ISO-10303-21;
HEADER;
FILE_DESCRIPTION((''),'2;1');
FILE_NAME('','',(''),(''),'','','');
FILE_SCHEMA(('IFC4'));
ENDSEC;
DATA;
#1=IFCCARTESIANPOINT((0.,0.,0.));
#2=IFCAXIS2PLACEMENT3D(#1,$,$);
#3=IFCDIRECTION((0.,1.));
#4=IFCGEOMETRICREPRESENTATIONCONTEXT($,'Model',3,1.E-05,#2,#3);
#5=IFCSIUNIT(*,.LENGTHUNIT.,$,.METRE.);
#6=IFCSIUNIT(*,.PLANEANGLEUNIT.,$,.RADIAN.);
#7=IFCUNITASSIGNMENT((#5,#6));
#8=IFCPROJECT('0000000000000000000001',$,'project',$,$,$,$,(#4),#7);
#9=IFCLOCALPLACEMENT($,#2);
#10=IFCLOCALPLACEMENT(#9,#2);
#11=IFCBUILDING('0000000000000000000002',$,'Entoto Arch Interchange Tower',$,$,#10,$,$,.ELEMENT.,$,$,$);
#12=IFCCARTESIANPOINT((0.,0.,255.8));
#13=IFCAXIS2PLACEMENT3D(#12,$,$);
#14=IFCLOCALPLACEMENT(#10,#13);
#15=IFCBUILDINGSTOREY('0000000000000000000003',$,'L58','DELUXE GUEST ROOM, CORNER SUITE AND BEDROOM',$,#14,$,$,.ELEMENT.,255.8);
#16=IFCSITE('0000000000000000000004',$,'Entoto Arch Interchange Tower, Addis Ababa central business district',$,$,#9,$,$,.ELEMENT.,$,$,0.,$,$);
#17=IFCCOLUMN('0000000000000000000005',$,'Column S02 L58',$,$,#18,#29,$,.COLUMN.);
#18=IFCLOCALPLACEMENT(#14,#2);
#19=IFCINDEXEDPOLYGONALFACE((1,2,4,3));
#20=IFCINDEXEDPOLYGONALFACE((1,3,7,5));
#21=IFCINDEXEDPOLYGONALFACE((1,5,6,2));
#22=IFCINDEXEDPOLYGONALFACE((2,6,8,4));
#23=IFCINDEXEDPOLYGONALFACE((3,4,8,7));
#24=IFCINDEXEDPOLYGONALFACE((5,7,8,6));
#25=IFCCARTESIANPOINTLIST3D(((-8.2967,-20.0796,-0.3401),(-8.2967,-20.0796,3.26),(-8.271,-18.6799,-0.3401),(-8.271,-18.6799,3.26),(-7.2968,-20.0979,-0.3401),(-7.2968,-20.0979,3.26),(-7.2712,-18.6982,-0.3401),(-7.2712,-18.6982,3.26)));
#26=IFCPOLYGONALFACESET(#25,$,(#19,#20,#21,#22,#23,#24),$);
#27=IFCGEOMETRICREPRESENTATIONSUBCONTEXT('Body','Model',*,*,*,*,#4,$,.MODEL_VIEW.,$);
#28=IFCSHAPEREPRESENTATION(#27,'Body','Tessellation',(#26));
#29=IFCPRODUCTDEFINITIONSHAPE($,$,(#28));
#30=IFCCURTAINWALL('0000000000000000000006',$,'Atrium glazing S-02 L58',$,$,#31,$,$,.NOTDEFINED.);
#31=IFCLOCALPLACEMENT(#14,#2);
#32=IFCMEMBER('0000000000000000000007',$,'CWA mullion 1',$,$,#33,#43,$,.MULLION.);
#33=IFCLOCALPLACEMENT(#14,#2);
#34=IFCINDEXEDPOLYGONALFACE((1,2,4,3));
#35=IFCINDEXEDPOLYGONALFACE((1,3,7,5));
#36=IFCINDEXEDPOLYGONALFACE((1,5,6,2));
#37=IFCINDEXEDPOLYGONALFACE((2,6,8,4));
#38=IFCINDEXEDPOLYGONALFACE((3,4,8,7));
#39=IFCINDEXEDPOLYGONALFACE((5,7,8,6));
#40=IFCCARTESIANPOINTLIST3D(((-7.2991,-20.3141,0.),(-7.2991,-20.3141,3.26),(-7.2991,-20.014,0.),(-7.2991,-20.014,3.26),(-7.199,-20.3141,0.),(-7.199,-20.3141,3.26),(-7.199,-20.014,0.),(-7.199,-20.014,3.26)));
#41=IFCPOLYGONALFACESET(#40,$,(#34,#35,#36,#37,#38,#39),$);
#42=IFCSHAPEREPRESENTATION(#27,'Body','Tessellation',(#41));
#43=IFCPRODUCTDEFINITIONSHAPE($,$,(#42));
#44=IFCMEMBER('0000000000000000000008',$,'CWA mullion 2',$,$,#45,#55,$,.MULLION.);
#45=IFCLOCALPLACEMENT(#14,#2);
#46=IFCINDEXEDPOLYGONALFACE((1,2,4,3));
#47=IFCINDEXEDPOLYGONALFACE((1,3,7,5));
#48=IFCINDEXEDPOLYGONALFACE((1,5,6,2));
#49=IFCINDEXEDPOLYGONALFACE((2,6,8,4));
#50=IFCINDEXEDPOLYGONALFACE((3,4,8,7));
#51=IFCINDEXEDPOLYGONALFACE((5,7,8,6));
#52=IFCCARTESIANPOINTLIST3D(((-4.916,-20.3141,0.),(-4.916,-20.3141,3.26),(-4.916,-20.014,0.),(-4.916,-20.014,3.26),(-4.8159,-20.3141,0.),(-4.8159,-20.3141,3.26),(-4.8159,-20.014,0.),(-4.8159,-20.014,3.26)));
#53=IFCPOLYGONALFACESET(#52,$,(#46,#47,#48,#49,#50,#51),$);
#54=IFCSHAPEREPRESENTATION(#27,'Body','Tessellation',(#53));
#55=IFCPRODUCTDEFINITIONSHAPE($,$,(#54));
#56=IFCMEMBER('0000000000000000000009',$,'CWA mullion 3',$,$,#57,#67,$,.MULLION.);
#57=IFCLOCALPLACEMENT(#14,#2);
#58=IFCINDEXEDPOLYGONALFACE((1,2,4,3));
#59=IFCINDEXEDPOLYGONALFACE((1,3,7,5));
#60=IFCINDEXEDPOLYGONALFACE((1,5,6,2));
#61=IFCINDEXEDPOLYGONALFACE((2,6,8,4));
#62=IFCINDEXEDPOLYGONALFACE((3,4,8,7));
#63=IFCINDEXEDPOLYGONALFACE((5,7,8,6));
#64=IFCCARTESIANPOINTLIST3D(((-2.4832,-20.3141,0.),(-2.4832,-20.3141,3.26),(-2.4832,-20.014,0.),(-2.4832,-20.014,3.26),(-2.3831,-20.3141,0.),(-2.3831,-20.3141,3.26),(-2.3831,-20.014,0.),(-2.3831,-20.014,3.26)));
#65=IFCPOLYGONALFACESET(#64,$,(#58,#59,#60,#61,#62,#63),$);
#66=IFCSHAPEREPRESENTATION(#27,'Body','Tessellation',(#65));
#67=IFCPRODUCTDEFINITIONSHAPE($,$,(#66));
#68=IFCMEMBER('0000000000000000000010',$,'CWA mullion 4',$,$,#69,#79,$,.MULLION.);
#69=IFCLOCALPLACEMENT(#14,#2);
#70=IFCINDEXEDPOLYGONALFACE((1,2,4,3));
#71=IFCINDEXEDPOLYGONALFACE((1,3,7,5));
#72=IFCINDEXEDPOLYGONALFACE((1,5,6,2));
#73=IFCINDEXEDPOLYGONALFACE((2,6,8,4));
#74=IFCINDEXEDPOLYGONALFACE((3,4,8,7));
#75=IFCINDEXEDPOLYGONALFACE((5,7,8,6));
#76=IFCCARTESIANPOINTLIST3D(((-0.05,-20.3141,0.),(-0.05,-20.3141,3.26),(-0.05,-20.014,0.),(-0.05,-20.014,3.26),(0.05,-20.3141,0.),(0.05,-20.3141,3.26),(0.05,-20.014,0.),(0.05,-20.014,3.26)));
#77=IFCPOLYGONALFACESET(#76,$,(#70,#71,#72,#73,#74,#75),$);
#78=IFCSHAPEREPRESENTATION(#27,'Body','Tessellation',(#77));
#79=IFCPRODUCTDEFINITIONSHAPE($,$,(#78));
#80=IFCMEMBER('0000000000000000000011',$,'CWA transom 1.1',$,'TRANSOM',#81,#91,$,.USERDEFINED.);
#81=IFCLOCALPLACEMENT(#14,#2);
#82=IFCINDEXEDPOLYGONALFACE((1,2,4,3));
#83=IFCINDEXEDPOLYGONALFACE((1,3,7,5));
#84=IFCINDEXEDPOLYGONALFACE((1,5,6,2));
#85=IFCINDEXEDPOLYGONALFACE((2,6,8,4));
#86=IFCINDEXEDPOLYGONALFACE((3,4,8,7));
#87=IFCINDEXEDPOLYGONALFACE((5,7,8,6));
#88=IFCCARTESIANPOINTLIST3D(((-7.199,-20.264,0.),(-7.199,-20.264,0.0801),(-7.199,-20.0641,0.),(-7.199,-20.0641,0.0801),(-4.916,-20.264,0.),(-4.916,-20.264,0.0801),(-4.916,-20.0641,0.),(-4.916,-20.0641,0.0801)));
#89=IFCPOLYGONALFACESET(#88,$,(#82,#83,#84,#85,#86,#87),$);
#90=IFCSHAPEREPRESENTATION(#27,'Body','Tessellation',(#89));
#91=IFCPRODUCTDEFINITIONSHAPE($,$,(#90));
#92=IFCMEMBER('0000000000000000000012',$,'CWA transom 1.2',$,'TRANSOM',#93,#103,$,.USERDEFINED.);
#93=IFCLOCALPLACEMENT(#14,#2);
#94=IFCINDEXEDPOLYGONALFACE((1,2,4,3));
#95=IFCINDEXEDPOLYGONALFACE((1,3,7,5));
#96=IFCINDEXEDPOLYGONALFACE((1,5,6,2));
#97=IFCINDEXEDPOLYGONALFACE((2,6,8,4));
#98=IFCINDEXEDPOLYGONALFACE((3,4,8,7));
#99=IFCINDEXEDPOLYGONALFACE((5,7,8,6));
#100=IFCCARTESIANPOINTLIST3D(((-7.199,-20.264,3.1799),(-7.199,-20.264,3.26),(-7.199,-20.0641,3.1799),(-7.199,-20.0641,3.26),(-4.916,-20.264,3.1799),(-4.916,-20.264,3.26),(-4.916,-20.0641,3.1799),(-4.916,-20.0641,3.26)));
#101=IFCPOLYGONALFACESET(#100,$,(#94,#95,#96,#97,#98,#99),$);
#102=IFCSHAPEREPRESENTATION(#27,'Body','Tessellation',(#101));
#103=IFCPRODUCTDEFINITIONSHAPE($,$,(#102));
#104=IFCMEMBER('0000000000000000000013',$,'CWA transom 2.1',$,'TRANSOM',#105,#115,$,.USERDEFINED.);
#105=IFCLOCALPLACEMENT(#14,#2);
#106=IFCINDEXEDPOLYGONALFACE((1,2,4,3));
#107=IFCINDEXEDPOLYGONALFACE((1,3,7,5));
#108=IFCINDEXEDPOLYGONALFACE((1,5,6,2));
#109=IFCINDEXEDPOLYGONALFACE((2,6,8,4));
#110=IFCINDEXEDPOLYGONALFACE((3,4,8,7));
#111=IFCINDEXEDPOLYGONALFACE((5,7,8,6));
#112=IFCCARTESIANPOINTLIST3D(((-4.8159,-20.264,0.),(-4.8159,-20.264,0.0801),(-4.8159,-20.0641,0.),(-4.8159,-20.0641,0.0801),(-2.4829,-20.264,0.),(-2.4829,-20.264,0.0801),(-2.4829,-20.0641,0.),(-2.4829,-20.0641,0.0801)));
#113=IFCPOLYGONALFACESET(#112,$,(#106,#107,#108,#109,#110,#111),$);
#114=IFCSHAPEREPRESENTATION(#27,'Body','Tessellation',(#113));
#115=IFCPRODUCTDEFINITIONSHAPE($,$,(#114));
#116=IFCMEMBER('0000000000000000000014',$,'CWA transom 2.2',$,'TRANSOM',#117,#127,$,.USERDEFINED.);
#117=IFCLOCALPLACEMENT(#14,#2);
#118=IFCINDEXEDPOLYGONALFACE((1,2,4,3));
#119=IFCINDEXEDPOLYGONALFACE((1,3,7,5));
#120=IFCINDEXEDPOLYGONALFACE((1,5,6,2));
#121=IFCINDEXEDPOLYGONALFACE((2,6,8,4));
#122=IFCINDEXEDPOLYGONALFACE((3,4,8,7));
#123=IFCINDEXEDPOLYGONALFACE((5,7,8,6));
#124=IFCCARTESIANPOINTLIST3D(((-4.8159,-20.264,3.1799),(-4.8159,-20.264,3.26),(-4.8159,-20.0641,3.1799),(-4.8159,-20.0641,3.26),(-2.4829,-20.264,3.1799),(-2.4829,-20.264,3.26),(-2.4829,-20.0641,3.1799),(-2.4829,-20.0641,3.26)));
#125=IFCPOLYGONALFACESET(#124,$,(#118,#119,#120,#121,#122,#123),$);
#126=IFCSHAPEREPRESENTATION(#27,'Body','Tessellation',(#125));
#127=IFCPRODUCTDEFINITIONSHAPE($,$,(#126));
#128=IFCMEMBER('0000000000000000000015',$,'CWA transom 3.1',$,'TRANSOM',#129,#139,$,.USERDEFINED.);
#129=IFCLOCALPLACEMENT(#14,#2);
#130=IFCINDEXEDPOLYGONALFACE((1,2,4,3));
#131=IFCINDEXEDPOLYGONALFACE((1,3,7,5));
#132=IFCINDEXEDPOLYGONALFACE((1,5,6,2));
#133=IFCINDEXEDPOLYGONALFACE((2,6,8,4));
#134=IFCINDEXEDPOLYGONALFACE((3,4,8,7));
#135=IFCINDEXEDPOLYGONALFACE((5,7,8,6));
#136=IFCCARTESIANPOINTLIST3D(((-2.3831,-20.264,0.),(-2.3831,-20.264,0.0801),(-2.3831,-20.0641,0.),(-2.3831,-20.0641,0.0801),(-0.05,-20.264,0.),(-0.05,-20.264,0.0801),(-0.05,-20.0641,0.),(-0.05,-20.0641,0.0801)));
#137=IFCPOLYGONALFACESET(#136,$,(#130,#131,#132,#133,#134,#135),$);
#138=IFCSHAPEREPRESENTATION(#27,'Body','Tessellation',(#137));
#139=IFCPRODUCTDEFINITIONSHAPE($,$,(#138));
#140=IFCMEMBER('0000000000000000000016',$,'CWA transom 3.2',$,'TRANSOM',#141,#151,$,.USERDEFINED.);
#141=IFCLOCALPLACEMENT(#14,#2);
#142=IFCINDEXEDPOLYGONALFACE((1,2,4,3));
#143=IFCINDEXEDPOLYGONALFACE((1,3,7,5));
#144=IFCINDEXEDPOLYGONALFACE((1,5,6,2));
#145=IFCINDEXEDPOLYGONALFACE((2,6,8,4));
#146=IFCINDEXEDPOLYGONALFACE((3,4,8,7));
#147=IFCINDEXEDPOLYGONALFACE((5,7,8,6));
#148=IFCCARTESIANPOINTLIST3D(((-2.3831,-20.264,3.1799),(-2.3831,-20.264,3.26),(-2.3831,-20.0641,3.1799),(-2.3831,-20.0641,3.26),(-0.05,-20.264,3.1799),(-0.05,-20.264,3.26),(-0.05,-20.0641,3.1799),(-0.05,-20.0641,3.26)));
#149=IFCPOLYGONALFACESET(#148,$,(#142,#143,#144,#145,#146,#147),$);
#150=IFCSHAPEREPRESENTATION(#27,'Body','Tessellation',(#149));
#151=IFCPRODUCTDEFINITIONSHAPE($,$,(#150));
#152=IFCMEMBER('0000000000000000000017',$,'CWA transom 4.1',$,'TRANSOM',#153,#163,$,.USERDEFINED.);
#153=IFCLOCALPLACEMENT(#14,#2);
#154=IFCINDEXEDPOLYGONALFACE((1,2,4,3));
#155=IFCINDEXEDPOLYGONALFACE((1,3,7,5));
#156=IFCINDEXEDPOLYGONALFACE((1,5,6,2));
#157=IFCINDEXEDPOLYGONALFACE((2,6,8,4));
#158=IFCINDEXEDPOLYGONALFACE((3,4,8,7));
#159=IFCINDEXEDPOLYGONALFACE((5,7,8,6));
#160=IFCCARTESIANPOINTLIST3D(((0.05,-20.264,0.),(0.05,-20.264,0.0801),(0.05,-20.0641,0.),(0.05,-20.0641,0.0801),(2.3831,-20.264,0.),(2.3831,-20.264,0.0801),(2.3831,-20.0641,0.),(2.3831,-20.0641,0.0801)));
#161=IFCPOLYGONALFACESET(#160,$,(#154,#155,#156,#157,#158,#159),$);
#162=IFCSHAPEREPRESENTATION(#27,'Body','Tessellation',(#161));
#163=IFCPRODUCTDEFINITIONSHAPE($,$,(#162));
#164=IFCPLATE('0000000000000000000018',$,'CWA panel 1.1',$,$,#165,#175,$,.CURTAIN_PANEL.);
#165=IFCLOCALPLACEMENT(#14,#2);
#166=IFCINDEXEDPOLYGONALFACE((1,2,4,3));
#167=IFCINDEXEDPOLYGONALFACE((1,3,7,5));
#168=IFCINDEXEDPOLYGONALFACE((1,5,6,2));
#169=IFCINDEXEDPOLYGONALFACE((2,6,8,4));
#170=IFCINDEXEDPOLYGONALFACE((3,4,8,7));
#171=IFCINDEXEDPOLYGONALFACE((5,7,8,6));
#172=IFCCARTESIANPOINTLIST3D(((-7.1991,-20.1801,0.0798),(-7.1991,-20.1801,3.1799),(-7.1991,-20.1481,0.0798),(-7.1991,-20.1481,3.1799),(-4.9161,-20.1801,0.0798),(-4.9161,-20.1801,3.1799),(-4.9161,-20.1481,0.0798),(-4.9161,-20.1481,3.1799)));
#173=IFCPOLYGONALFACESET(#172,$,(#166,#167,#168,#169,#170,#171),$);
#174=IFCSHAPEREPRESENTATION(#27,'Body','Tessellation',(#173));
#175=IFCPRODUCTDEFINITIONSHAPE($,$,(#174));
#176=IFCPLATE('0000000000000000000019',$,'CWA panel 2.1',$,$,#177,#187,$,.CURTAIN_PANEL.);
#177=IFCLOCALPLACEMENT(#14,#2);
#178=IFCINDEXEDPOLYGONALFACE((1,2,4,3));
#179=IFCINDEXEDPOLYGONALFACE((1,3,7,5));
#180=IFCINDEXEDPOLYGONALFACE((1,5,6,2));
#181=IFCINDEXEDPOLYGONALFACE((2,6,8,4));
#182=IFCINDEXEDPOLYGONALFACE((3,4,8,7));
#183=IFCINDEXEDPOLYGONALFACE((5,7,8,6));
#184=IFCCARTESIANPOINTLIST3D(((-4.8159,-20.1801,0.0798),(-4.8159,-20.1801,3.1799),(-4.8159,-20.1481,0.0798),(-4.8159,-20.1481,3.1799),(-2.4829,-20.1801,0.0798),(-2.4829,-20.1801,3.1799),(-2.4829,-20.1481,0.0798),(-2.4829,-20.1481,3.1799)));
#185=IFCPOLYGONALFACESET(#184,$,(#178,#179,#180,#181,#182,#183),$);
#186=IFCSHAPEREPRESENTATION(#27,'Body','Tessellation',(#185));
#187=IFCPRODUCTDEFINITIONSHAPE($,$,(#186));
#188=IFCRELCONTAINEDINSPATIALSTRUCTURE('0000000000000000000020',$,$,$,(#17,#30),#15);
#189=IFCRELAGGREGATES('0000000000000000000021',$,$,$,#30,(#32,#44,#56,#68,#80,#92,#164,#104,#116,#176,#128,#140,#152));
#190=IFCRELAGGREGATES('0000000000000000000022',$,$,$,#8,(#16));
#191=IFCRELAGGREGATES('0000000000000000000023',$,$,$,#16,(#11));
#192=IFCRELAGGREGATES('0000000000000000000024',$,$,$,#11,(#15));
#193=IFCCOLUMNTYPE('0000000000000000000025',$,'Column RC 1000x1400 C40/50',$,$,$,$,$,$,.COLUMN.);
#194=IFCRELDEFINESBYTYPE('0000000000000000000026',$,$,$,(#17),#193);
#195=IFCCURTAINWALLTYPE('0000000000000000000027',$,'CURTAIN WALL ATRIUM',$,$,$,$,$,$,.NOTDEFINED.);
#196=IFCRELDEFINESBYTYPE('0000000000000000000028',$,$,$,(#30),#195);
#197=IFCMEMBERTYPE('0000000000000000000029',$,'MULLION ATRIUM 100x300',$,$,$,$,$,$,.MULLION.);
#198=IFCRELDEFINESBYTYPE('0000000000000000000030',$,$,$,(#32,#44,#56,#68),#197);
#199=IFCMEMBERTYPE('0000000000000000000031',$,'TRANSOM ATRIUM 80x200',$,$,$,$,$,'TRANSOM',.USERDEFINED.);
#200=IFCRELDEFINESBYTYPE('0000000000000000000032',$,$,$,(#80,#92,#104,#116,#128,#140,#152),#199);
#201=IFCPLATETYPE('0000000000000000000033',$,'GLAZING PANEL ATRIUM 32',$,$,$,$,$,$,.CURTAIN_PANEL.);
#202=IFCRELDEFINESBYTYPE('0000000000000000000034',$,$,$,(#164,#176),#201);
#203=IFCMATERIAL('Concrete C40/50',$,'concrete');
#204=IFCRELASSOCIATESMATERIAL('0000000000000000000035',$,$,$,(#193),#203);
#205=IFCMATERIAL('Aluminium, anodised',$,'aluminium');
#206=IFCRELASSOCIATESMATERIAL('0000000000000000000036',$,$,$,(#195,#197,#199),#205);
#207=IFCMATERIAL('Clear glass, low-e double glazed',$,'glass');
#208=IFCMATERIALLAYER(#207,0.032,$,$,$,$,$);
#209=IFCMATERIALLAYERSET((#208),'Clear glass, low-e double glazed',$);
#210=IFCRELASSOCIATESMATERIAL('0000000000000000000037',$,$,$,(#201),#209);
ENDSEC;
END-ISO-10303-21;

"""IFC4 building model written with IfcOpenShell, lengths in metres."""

from ifc_helpers import new_model, si_unit, direction, frame, origin, origin_2d, place, context, subcontext, project, spatial, rectangle, extrude, material, layer, layer_set, material_profile, profile_set, type_object, element, aggregate, save


model = new_model("IFC4")

# Units and contexts
model_context = context("Model", 3, precision=1e-05, world=origin(), true_north=direction((0.0, 1.0)))
body_context = subcontext(model_context, "Body", "Model", "MODEL_VIEW")
ifc_project = project(units=[si_unit("LENGTHUNIT", "METRE"), si_unit("PLANEANGLEUNIT", "RADIAN")], contexts=[model_context])

# Site, building, storey
site_placement = place(None, origin())
site = spatial("IfcSite", under=ifc_project, at=site_placement, Name="Entoto Arch Interchange Tower, Addis Ababa central business district", CompositionType="ELEMENT", RefElevation=0.0)
building_placement = place(site_placement, origin())
building = spatial("IfcBuilding", under=site, at=building_placement, Name="Entoto Arch Interchange Tower", CompositionType="ELEMENT")
storey_placement = place(building_placement, frame((0.0, 0.0, 255.8)))
storey = spatial("IfcBuildingStorey", under=building, at=storey_placement, Name="L58", Description="DELUXE GUEST ROOM, CORNER SUITE AND BEDROOM", CompositionType="ELEMENT", Elevation=255.8)

# Column
ifc_material_1 = material(Name="Concrete C40/50", Category="concrete")
ifc_material_profile_1 = material_profile(ifc_material_1, rectangle(XDim=1.0, YDim=1.3999, at=origin_2d()))
ifc_profile_set_1 = profile_set([ifc_material_profile_1], Name="Concrete C40/50")
column_type = type_object("IfcColumnType", Name="Column RC 1000x1400 C40/50", PredefinedType="COLUMN", material=ifc_profile_set_1)
column_placement = place(storey_placement, frame((-7.7839, -19.3889, -0.3401), z_axis=(0.0, 0.0, 1.0), x_axis=(-0.999833, 0.01829, 0.0)))
element("IfcColumn", 1, at=column_placement, inside=storey, type_object=column_type, Name="Column S02 L58", PredefinedType="COLUMN", context=body_context, shape_type="SweptSolid", body=[
    extrude(rectangle(XDim=1.0, YDim=1.3999, at=origin_2d()), origin(), (0.0, 0.0, 1.0), 3.6001),
])

# Curtain wall, members, plates
ifc_material_2 = material(Name="Aluminium, anodised", Category="aluminium")
curtain_wall_type = type_object("IfcCurtainWallType", Name="CURTAIN WALL ATRIUM", PredefinedType="NOTDEFINED", material=ifc_material_2)
curtain_wall_placement = place(storey_placement, origin())
curtain_wall = element("IfcCurtainWall", 2, at=curtain_wall_placement, inside=storey, type_object=curtain_wall_type, Name="Atrium glazing S-02 L58", PredefinedType="NOTDEFINED")
ifc_material_profile_2 = material_profile(ifc_material_2, rectangle(XDim=0.3, YDim=0.1001, at=origin_2d()))
ifc_profile_set_2 = profile_set([ifc_material_profile_2], Name="Aluminium, anodised")
member_type_1 = type_object("IfcMemberType", Name="MULLION ATRIUM 100x300", PredefinedType="MULLION", material=ifc_profile_set_2)
member_1_placement = place(storey_placement, frame((-7.249, -20.1641, 0.0), z_axis=(0.0, 0.0, 1.0), x_axis=(0.0, 1.0, 0.0)))
member_1 = element("IfcMember", 3, at=member_1_placement, type_object=member_type_1, Name="CWA mullion 1", PredefinedType="MULLION", context=body_context, shape_type="SweptSolid", body=[
    extrude(rectangle(XDim=0.3, YDim=0.1001, at=origin_2d()), origin(), (0.0, 0.0, 1.0), 3.26),
])
member_2_placement = place(storey_placement, frame((-4.866, -20.1641, 0.0), z_axis=(0.0, 0.0, 1.0), x_axis=(0.0, 1.0, 0.0)))
member_2 = element("IfcMember", 4, at=member_2_placement, type_object=member_type_1, Name="CWA mullion 2", PredefinedType="MULLION", context=body_context, shape_type="SweptSolid", body=[
    extrude(rectangle(XDim=0.3, YDim=0.1001, at=origin_2d()), origin(), (0.0, 0.0, 1.0), 3.26),
])
member_3_placement = place(storey_placement, frame((-2.4331, -20.1641, 0.0), z_axis=(0.0, 0.0, 1.0), x_axis=(0.0, 1.0, 0.0)))
member_3 = element("IfcMember", 5, at=member_3_placement, type_object=member_type_1, Name="CWA mullion 3", PredefinedType="MULLION", context=body_context, shape_type="SweptSolid", body=[
    extrude(rectangle(XDim=0.3, YDim=0.1001, at=origin_2d()), origin(), (0.0, 0.0, 1.0), 3.26),
])
member_4_placement = place(storey_placement, frame((0.0, -20.1641, 0.0), z_axis=(0.0, 0.0, 1.0), x_axis=(0.0, 1.0, 0.0)))
member_4 = element("IfcMember", 6, at=member_4_placement, type_object=member_type_1, Name="CWA mullion 4", PredefinedType="MULLION", context=body_context, shape_type="SweptSolid", body=[
    extrude(rectangle(XDim=0.3, YDim=0.1001, at=origin_2d()), origin(), (0.0, 0.0, 1.0), 3.26),
])
ifc_material_profile_3 = material_profile(ifc_material_2, rectangle(XDim=0.2, YDim=0.0801, at=origin_2d()))
ifc_profile_set_3 = profile_set([ifc_material_profile_3], Name="Aluminium, anodised")
member_type_2 = type_object("IfcMemberType", Name="TRANSOM ATRIUM 80x200", ElementType="TRANSOM", PredefinedType="USERDEFINED", material=ifc_profile_set_3)
member_5_placement = place(storey_placement, frame((-7.199, -20.1641, 0.04), z_axis=(1.0, 0.0, 0.0), x_axis=(0.0, 1.0, 0.0)))
member_5 = element("IfcMember", 7, at=member_5_placement, type_object=member_type_2, Name="CWA transom 1.1", ObjectType="TRANSOM", PredefinedType="USERDEFINED", context=body_context, shape_type="SweptSolid", body=[
    extrude(rectangle(XDim=0.2, YDim=0.0801, at=origin_2d()), origin(), (0.0, 0.0, 1.0), 2.283),
])
member_6_placement = place(storey_placement, frame((-7.199, -20.1641, 3.22), z_axis=(1.0, 0.0, 0.0), x_axis=(0.0, 1.0, 0.0)))
member_6 = element("IfcMember", 8, at=member_6_placement, type_object=member_type_2, Name="CWA transom 1.2", ObjectType="TRANSOM", PredefinedType="USERDEFINED", context=body_context, shape_type="SweptSolid", body=[
    extrude(rectangle(XDim=0.2, YDim=0.0801, at=origin_2d()), origin(), (0.0, 0.0, 1.0), 2.283),
])
member_7_placement = place(storey_placement, frame((-4.8159, -20.1641, 0.04), z_axis=(1.0, 0.0, 0.0), x_axis=(0.0, 1.0, 0.0)))
member_7 = element("IfcMember", 9, at=member_7_placement, type_object=member_type_2, Name="CWA transom 2.1", ObjectType="TRANSOM", PredefinedType="USERDEFINED", context=body_context, shape_type="SweptSolid", body=[
    extrude(rectangle(XDim=0.2, YDim=0.0801, at=origin_2d()), origin(), (0.0, 0.0, 1.0), 2.333),
])
member_8_placement = place(storey_placement, frame((-4.8159, -20.1641, 3.22), z_axis=(1.0, 0.0, 0.0), x_axis=(0.0, 1.0, 0.0)))
member_8 = element("IfcMember", 10, at=member_8_placement, type_object=member_type_2, Name="CWA transom 2.2", ObjectType="TRANSOM", PredefinedType="USERDEFINED", context=body_context, shape_type="SweptSolid", body=[
    extrude(rectangle(XDim=0.2, YDim=0.0801, at=origin_2d()), origin(), (0.0, 0.0, 1.0), 2.333),
])
member_9_placement = place(storey_placement, frame((-2.3831, -20.1641, 0.04), z_axis=(1.0, 0.0, 0.0), x_axis=(0.0, 1.0, 0.0)))
member_9 = element("IfcMember", 11, at=member_9_placement, type_object=member_type_2, Name="CWA transom 3.1", ObjectType="TRANSOM", PredefinedType="USERDEFINED", context=body_context, shape_type="SweptSolid", body=[
    extrude(rectangle(XDim=0.2, YDim=0.0801, at=origin_2d()), origin(), (0.0, 0.0, 1.0), 2.333),
])
member_10_placement = place(storey_placement, frame((-2.3831, -20.1641, 3.22), z_axis=(1.0, 0.0, 0.0), x_axis=(0.0, 1.0, 0.0)))
member_10 = element("IfcMember", 12, at=member_10_placement, type_object=member_type_2, Name="CWA transom 3.2", ObjectType="TRANSOM", PredefinedType="USERDEFINED", context=body_context, shape_type="SweptSolid", body=[
    extrude(rectangle(XDim=0.2, YDim=0.0801, at=origin_2d()), origin(), (0.0, 0.0, 1.0), 2.333),
])
member_11_placement = place(storey_placement, frame((0.05, -20.1641, 0.04), z_axis=(1.0, 0.0, 0.0), x_axis=(0.0, 1.0, 0.0)))
member_11 = element("IfcMember", 13, at=member_11_placement, type_object=member_type_2, Name="CWA transom 4.1", ObjectType="TRANSOM", PredefinedType="USERDEFINED", context=body_context, shape_type="SweptSolid", body=[
    extrude(rectangle(XDim=0.2, YDim=0.0801, at=origin_2d()), origin(), (0.0, 0.0, 1.0), 2.333),
])
ifc_material_3 = material(Name="Clear glass, low-e double glazed", Category="glass")
ifc_layer_1 = layer(ifc_material_3, 0.032)
ifc_layer_set_1 = layer_set([ifc_layer_1], Name="Clear glass, low-e double glazed")
plate_type = type_object("IfcPlateType", Name="GLAZING PANEL ATRIUM 32", PredefinedType="CURTAIN_PANEL", material=ifc_layer_set_1)
plate_1_placement = place(storey_placement, frame((-6.0576, -20.1641, 0.0798), z_axis=(0.0, 0.0, 1.0), x_axis=(1.0, 0.0, 0.0)))
plate_1 = element("IfcPlate", 14, at=plate_1_placement, type_object=plate_type, Name="CWA panel 1.1", PredefinedType="CURTAIN_PANEL", context=body_context, shape_type="SweptSolid", body=[
    extrude(rectangle(XDim=2.283, YDim=0.032, at=origin_2d()), origin(), (0.0, 0.0, 1.0), 3.1001),
])
plate_2_placement = place(storey_placement, frame((-3.6494, -20.1641, 0.0798), z_axis=(0.0, 0.0, 1.0), x_axis=(1.0, 0.0, 0.0)))
plate_2 = element("IfcPlate", 15, at=plate_2_placement, type_object=plate_type, Name="CWA panel 2.1", PredefinedType="CURTAIN_PANEL", context=body_context, shape_type="SweptSolid", body=[
    extrude(rectangle(XDim=2.333, YDim=0.032, at=origin_2d()), origin(), (0.0, 0.0, 1.0), 3.1001),
])
aggregate(curtain_wall, [member_1, member_2, member_3, member_4, member_5, member_6, plate_1, member_7, member_8, plate_2, member_9, member_10, member_11])

save(model, "model.ifc")
